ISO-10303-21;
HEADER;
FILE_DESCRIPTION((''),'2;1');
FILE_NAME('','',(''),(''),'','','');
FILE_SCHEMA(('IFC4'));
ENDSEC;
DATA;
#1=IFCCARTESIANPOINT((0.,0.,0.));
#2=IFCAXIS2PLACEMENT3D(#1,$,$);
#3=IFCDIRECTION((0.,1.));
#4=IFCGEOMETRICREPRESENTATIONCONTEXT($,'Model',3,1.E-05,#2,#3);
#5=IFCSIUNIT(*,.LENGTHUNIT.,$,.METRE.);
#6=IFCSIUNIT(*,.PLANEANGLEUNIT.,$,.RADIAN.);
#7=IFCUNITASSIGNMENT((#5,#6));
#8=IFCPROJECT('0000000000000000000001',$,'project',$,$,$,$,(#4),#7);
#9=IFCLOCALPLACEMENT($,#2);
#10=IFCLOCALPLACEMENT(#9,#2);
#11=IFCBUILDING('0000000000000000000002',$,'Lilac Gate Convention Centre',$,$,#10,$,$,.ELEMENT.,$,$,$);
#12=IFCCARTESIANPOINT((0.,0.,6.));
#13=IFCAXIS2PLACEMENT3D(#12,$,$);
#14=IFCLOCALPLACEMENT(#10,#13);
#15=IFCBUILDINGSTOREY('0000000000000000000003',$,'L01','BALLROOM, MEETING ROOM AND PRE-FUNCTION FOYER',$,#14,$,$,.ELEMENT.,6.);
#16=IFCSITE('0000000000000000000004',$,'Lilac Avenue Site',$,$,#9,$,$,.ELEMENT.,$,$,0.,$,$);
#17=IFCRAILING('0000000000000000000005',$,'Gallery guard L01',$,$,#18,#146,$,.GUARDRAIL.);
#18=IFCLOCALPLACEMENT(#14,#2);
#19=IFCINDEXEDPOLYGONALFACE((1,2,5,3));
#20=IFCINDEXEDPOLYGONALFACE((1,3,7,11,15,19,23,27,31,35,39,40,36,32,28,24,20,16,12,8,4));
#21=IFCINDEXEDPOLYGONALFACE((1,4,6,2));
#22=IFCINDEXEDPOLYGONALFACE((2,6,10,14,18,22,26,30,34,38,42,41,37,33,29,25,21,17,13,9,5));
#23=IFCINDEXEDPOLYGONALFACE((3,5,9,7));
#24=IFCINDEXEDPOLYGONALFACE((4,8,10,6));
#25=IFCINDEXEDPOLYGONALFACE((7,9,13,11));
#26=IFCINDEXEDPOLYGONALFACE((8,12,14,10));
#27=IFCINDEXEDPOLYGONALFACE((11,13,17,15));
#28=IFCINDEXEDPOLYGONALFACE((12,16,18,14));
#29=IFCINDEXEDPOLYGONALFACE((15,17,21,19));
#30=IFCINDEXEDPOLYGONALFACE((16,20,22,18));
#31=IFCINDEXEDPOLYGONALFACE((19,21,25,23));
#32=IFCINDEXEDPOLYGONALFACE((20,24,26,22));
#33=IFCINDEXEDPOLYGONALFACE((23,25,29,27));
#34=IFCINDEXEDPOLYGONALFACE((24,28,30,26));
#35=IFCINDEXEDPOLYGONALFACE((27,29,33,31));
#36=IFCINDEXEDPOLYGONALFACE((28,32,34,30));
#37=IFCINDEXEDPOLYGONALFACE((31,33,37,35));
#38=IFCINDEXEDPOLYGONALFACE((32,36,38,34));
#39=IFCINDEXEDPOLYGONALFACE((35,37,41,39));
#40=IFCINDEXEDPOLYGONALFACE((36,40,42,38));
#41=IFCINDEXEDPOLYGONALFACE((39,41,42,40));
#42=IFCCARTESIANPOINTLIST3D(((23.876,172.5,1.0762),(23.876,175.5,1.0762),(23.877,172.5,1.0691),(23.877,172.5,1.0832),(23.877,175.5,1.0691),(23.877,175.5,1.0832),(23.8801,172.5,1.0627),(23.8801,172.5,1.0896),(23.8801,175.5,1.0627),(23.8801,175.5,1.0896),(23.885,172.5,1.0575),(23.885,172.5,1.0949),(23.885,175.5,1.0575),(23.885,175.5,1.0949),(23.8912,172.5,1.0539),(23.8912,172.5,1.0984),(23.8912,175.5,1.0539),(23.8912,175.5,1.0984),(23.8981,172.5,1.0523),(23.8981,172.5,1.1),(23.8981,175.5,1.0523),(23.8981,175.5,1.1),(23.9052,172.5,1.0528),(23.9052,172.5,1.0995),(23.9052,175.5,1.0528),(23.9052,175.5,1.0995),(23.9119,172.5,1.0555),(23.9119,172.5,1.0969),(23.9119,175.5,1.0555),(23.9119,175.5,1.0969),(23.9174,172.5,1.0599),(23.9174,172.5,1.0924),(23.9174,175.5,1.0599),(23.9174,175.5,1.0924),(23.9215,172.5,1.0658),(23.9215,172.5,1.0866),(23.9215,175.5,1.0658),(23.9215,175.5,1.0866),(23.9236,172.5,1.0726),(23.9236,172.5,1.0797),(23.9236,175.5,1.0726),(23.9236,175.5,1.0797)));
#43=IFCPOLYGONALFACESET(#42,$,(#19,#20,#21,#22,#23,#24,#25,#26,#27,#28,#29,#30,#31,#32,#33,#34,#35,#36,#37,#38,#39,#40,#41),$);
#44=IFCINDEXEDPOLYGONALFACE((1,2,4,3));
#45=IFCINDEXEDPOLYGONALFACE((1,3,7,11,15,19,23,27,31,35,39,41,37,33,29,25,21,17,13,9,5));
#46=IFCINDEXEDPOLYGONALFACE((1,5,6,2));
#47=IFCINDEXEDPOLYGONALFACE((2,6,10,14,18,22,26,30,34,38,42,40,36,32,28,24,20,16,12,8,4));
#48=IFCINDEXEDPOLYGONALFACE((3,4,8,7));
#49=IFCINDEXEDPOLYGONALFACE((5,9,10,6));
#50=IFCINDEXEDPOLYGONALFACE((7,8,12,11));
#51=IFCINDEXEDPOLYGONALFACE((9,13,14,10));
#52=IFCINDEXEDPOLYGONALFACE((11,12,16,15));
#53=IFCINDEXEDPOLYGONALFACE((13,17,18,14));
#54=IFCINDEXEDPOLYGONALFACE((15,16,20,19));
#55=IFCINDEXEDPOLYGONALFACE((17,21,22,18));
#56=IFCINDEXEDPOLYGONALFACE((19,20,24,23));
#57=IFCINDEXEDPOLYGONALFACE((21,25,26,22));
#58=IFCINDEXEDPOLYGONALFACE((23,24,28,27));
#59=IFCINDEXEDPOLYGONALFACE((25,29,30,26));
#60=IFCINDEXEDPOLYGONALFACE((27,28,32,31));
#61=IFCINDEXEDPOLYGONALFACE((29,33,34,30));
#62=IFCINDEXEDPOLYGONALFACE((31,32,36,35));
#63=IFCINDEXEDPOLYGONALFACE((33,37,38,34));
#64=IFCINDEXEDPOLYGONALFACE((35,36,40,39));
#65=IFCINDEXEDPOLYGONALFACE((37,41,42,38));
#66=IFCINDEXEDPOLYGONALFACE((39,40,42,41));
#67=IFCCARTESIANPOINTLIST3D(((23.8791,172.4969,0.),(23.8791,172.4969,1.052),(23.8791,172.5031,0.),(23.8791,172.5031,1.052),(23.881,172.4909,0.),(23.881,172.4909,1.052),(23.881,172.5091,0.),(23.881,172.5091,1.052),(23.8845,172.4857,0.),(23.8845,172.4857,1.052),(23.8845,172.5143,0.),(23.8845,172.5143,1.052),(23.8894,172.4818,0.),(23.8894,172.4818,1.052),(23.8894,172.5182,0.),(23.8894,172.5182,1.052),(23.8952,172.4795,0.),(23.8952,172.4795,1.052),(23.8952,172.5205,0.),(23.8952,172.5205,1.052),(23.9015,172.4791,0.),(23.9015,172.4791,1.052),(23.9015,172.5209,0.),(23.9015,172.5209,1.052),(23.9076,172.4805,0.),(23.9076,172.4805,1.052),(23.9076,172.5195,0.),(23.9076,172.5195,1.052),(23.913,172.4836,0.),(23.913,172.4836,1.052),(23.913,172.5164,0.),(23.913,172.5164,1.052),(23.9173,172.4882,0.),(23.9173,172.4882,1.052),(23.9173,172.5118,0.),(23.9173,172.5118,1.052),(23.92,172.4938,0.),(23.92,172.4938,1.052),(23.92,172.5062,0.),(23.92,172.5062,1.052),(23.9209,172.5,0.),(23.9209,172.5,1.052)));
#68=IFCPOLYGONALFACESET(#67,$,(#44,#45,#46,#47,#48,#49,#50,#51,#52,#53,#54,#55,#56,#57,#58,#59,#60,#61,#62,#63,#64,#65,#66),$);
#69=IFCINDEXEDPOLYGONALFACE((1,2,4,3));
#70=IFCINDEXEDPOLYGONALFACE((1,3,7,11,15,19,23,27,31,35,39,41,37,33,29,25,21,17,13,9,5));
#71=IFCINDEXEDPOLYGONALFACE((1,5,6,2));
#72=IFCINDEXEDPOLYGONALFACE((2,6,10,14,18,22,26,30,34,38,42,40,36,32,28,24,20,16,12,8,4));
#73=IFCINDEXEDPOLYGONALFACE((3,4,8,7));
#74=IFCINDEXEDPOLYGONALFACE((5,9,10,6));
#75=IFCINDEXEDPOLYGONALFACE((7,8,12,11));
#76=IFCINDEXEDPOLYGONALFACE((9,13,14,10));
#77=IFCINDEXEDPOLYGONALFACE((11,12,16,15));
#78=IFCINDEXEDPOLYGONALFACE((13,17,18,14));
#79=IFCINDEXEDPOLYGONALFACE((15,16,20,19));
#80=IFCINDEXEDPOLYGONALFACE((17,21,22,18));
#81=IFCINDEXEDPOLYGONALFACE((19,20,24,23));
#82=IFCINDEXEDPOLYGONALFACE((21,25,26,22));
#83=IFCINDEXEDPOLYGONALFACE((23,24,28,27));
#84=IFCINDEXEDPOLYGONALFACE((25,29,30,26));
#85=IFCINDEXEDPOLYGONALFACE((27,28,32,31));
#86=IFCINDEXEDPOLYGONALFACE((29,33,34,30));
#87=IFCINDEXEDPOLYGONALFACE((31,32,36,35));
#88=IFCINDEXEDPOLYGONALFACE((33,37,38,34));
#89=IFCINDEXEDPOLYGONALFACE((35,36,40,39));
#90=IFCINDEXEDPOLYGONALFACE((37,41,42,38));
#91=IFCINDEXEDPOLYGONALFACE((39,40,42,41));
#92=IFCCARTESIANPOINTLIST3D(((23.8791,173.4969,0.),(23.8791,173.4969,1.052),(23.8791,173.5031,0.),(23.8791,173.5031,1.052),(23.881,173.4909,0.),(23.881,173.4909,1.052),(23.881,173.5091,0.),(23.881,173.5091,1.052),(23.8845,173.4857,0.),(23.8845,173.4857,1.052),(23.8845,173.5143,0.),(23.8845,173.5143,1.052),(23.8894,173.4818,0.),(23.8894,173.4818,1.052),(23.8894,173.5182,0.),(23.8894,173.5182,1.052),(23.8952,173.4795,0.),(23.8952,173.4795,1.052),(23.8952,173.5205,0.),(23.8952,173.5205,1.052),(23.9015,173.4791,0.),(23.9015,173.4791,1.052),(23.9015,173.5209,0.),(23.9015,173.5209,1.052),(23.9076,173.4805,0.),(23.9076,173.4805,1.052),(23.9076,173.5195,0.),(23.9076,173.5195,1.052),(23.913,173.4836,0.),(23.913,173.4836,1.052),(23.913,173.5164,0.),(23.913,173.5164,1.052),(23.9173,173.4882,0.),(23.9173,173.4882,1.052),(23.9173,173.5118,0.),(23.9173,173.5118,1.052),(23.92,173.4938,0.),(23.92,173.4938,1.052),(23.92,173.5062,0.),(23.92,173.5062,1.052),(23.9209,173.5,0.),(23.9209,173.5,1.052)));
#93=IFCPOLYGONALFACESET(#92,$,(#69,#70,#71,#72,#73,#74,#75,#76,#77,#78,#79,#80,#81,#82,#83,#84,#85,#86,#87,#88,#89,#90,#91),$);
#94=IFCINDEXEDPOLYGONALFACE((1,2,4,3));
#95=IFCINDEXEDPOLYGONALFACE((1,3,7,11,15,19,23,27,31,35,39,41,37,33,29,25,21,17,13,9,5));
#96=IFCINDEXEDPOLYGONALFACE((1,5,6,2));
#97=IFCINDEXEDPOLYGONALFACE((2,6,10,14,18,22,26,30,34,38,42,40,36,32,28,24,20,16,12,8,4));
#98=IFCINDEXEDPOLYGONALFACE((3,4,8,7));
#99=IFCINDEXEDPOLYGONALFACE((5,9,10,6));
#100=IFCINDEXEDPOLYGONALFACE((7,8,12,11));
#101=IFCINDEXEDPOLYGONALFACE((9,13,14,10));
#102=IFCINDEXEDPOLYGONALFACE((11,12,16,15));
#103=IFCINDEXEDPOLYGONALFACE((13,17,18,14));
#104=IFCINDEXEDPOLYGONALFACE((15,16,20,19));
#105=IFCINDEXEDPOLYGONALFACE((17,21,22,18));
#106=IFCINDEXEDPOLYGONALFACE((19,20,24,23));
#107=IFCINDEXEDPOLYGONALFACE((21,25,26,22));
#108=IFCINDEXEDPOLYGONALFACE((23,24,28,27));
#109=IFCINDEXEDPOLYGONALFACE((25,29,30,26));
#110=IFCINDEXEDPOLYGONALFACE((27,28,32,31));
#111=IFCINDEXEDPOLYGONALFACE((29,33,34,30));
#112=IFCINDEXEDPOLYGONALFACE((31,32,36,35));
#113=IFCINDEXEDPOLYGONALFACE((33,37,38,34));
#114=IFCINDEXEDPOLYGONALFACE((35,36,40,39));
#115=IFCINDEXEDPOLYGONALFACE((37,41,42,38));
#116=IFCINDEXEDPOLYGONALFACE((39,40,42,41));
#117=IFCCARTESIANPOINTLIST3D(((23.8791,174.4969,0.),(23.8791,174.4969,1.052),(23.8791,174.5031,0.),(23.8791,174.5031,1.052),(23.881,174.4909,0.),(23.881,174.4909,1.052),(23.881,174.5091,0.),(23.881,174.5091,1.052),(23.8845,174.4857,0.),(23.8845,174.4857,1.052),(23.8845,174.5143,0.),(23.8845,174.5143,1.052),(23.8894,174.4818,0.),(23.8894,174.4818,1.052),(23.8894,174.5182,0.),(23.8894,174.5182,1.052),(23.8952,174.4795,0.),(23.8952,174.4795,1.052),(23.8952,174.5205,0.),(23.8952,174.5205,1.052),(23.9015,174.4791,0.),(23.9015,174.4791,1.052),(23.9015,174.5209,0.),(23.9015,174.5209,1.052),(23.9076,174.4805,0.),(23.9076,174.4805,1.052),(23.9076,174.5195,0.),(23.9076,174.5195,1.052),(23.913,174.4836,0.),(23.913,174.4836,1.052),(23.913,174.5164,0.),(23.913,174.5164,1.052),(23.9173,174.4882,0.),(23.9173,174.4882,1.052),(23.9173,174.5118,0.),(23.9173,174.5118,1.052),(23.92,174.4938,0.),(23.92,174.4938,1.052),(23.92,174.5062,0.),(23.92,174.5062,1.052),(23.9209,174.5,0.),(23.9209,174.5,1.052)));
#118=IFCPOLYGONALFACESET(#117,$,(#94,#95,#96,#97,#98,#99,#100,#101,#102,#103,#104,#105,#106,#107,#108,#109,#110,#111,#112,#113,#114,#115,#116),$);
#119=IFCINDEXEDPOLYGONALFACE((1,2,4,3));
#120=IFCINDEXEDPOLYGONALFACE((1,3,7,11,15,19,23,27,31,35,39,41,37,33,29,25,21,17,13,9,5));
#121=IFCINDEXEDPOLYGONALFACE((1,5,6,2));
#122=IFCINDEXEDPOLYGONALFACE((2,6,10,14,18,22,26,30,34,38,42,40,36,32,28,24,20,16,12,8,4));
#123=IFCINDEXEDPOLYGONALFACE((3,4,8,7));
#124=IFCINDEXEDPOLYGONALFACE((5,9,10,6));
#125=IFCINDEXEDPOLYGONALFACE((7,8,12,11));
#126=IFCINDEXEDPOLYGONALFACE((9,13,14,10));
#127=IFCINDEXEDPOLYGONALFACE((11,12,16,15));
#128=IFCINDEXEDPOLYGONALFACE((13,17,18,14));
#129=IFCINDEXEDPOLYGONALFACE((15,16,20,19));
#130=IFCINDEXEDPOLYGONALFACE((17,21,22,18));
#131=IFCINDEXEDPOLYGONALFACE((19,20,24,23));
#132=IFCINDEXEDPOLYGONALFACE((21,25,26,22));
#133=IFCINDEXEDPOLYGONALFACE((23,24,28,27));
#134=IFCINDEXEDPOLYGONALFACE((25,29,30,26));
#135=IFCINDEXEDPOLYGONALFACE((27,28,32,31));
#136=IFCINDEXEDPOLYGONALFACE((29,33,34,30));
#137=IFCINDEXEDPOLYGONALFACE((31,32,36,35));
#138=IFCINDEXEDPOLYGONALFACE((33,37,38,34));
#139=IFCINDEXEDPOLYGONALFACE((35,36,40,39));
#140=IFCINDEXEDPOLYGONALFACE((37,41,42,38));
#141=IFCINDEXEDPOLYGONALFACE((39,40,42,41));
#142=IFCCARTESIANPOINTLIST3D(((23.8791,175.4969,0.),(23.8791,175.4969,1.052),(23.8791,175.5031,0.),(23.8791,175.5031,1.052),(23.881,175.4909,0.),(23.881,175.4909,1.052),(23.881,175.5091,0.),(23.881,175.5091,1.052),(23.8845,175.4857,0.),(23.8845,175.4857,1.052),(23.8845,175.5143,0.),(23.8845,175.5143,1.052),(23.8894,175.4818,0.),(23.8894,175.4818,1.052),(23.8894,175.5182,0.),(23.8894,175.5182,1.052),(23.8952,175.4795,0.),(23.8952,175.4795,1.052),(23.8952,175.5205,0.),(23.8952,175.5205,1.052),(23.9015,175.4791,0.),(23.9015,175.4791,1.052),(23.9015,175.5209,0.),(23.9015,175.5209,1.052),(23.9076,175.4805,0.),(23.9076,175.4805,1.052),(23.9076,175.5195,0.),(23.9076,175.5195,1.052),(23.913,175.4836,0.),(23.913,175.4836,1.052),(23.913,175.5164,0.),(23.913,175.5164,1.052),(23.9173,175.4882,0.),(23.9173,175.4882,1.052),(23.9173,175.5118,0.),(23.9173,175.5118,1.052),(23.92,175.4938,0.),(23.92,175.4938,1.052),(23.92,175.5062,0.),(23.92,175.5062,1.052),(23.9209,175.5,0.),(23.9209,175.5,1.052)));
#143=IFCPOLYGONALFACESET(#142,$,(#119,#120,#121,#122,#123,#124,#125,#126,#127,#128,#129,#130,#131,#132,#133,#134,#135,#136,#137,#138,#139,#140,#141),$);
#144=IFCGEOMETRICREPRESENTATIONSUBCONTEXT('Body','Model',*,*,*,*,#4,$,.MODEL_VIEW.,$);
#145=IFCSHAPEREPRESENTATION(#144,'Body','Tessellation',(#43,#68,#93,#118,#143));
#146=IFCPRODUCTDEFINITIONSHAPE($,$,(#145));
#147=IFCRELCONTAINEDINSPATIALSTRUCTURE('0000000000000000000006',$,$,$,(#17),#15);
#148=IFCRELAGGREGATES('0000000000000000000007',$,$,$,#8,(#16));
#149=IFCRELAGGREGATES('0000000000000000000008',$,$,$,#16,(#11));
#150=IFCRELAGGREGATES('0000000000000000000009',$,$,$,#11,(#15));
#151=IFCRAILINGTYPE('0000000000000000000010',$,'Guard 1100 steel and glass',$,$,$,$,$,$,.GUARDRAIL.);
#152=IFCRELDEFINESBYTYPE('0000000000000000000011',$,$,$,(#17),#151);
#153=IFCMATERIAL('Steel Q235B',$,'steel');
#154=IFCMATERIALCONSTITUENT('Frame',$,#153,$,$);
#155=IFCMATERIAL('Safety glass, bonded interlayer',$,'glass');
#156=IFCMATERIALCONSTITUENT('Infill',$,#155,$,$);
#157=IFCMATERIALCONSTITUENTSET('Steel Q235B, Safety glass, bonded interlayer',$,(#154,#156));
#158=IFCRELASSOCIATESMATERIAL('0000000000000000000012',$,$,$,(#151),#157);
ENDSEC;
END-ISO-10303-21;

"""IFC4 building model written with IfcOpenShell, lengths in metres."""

from ifc_helpers import new_model, si_unit, direction, frame, origin, origin_2d, place, context, subcontext, project, spatial, circle, extrude, material, constituent, constituent_set, type_object, element, save


model = new_model("IFC4")

# Units and contexts
model_context = context("Model", 3, precision=1e-05, world=origin(), true_north=direction((0.0, 1.0)))
body_context = subcontext(model_context, "Body", "Model", "MODEL_VIEW")
ifc_project = project(units=[si_unit("LENGTHUNIT", "METRE"), si_unit("PLANEANGLEUNIT", "RADIAN")], contexts=[model_context])

# Site, building, storey
site_placement = place(None, origin())
site = spatial("IfcSite", under=ifc_project, at=site_placement, Name="Lilac Avenue Site", CompositionType="ELEMENT", RefElevation=0.0)
building_placement = place(site_placement, origin())
building = spatial("IfcBuilding", under=site, at=building_placement, Name="Lilac Gate Convention Centre", CompositionType="ELEMENT")
storey_placement = place(building_placement, frame((0.0, 0.0, 6.0)))
storey = spatial("IfcBuildingStorey", under=building, at=storey_placement, Name="L01", Description="BALLROOM, MEETING ROOM AND PRE-FUNCTION FOYER", CompositionType="ELEMENT", Elevation=6.0)

# Shared definitions
ifc_material_1 = material(Name="Steel Q235B", Category="steel")

# Railing
ifc_constituent_1 = constituent(ifc_material_1, Name="Frame")
ifc_material_2 = material(Name="Safety glass, bonded interlayer", Category="glass")
ifc_constituent_2 = constituent(ifc_material_2, Name="Infill")
ifc_constituent_set = constituent_set(constituents=[ifc_constituent_1, ifc_constituent_2], Name="Steel Q235B, Safety glass, bonded interlayer")
railing_type = type_object("IfcRailingType", Name="Guard 1100 steel and glass", PredefinedType="GUARDRAIL", material=ifc_constituent_set)
railing_1_placement = place(storey_placement, frame((23.8999, 172.5, 0.0)))
element("IfcRailing", 1, at=railing_1_placement, inside=storey, type_object=railing_type, Name="Gallery guard L01", PredefinedType="GUARDRAIL", context=body_context, shape_type="SweptSolid", body=[
    extrude(circle(Radius=0.0239, at=origin_2d()), frame((0.0, 0.0, 1.0762), z_axis=(0.0, 1.0, 0.0), x_axis=(-1.0, 0.0, 0.0)), (0.0, 0.0, 1.0), 3.0),
    extrude(circle(Radius=0.021, at=origin_2d()), origin(), (0.0, 0.0, 1.0), 1.052),
    extrude(circle(Radius=0.021, at=origin_2d()), frame((0.0, 1.0, 0.0)), (0.0, 0.0, 1.0), 1.052),
    extrude(circle(Radius=0.021, at=origin_2d()), frame((0.0, 2.0, 0.0)), (0.0, 0.0, 1.0), 1.052),
    extrude(circle(Radius=0.021, at=origin_2d()), frame((0.0, 3.0, 0.0)), (0.0, 0.0, 1.0), 1.052),
])

save(model, "model.ifc")
